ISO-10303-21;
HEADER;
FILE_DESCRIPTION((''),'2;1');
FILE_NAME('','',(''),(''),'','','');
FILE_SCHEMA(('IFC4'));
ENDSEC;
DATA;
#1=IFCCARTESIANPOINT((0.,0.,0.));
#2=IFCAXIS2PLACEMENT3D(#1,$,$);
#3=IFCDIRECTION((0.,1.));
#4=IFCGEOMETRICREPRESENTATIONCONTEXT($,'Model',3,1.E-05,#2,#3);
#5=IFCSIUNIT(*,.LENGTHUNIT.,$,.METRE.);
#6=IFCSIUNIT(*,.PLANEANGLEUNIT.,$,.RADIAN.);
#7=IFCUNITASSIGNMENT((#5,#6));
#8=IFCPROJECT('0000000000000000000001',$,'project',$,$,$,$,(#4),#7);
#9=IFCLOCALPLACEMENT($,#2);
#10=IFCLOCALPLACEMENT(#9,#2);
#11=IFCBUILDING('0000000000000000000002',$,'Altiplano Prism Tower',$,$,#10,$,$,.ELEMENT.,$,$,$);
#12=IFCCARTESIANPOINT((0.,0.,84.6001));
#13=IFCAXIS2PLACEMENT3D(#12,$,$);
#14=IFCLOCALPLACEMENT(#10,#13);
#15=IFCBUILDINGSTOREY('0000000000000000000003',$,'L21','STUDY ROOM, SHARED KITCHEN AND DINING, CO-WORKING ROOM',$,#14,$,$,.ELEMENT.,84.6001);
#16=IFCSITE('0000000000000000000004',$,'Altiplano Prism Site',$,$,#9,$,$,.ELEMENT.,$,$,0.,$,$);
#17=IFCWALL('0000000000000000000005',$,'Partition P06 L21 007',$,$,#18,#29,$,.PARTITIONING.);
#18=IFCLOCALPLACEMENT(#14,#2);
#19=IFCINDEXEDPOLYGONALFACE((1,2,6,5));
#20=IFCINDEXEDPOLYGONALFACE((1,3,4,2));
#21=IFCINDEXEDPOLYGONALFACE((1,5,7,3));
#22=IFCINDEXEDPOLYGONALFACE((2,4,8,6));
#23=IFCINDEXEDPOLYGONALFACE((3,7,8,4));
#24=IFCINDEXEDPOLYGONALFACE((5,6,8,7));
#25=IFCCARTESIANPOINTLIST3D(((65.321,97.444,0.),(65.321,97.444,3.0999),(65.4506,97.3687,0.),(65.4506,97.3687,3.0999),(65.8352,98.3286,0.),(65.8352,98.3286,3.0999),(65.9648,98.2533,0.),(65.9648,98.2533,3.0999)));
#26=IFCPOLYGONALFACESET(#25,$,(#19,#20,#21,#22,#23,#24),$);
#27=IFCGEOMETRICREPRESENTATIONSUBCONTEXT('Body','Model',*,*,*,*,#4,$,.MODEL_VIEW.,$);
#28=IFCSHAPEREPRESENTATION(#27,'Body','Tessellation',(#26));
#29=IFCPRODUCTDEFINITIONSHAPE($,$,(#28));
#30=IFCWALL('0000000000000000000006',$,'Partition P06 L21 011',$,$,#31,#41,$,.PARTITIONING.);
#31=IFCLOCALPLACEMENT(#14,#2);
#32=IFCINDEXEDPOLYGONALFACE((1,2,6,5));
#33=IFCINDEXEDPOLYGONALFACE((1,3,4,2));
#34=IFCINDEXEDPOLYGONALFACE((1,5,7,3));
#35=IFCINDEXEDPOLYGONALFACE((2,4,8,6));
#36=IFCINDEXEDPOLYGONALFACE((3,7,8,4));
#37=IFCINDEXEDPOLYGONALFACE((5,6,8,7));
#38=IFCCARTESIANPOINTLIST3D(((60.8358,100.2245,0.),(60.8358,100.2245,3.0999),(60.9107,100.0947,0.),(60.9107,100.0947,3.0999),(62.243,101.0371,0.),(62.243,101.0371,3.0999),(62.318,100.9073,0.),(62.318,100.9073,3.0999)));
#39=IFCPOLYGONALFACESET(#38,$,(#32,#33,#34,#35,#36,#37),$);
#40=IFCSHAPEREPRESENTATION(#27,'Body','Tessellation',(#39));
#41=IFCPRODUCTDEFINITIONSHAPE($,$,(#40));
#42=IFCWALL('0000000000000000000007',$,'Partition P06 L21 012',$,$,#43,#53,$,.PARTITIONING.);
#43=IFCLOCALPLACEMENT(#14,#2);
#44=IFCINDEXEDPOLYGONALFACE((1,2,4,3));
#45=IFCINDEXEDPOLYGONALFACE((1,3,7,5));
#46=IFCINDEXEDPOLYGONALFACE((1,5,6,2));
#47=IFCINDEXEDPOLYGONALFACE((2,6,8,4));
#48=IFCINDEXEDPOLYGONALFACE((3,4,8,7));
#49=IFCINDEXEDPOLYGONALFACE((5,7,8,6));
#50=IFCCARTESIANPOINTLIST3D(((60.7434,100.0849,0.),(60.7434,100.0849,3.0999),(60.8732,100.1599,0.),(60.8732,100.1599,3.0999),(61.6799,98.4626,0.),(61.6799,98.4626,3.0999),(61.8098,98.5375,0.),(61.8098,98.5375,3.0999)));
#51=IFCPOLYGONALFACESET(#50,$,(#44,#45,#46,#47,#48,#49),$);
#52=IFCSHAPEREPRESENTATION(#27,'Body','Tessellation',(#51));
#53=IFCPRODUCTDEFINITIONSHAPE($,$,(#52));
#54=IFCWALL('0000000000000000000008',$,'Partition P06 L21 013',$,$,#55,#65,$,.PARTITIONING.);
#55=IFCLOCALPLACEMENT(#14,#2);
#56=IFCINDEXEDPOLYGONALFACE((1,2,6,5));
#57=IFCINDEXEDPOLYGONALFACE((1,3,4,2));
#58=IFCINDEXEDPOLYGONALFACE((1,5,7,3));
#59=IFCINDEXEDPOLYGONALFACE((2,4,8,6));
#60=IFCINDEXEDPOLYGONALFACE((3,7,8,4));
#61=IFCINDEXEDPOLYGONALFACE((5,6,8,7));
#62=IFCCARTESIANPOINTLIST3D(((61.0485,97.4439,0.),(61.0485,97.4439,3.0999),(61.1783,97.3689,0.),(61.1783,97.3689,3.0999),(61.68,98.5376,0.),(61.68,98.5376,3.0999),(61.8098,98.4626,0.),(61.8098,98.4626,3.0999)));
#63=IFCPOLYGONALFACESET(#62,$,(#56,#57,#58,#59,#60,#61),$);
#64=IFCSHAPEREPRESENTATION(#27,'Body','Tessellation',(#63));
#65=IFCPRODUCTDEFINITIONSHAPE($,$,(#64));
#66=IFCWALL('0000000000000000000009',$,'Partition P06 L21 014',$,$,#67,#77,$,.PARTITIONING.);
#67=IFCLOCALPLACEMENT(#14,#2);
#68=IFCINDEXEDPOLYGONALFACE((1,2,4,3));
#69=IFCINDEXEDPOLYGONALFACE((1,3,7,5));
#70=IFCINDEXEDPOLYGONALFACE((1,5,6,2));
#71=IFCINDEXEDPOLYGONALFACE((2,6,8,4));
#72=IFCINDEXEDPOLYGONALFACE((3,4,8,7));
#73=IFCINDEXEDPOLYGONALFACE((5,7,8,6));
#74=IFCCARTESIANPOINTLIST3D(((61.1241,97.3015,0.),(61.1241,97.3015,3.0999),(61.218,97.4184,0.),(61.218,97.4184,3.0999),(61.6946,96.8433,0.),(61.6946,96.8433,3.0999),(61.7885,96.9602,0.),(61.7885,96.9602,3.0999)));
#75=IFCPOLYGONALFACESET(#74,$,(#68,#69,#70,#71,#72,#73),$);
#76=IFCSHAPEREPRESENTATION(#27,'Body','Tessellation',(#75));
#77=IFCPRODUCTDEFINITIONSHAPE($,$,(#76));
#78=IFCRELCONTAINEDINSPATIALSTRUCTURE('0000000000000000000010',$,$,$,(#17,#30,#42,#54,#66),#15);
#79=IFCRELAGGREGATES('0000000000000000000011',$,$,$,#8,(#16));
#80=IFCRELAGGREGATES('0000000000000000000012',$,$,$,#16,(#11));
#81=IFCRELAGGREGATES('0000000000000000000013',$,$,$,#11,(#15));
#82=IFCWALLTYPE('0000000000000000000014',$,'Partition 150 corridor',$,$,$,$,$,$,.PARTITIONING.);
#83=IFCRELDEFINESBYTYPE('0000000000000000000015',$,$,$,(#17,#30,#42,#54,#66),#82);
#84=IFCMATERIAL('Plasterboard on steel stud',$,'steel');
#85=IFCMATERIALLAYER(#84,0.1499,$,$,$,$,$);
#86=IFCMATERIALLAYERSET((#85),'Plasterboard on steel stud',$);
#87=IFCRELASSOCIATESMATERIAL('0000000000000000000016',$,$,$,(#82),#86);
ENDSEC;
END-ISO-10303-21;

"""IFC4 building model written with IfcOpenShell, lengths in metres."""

from ifc_helpers import new_model, si_unit, direction, frame, frame_2d, origin, place, context, subcontext, project, spatial, rectangle, extrude, material, layer, layer_set, type_object, element, save


model = new_model("IFC4")

# Units and contexts
model_context = context("Model", 3, precision=1e-05, world=origin(), true_north=direction((0.0, 1.0)))
body_context = subcontext(model_context, "Body", "Model", "MODEL_VIEW")
ifc_project = project(units=[si_unit("LENGTHUNIT", "METRE"), si_unit("PLANEANGLEUNIT", "RADIAN")], contexts=[model_context])

# Site, building, storey
site_placement = place(None, origin())
site = spatial("IfcSite", under=ifc_project, at=site_placement, Name="Altiplano Prism Site", CompositionType="ELEMENT", RefElevation=0.0)
building_placement = place(site_placement, origin())
building = spatial("IfcBuilding", under=site, at=building_placement, Name="Altiplano Prism Tower", CompositionType="ELEMENT")
storey_placement = place(building_placement, frame((0.0, 0.0, 84.6001)))
storey = spatial("IfcBuildingStorey", under=building, at=storey_placement, Name="L21", Description="STUDY ROOM, SHARED KITCHEN AND DINING, CO-WORKING ROOM", CompositionType="ELEMENT", Elevation=84.6001)

# Shared definitions
ifc_material_1 = material(Name="Plasterboard on steel stud", Category="steel")

# Shared definitions
ifc_layer_1 = layer(ifc_material_1, 0.1499)
ifc_layer_set_1 = layer_set([ifc_layer_1], Name="Plasterboard on steel stud")
wall_type_1 = type_object("IfcWallType", Name="Partition 150 corridor", PredefinedType="PARTITIONING", material=ifc_layer_set_1)

# Walls
wall_1_placement = place(storey_placement, frame((65.3857, 97.4062, 0.0), z_axis=(0.0, 0.0, 1.0), x_axis=(0.50255, 0.864548, 0.0)))
element("IfcWall", 1, at=wall_1_placement, inside=storey, type_object=wall_type_1, Name="Partition P06 L21 007", PredefinedType="PARTITIONING", context=body_context, shape_type="SweptSolid", body=[
    extrude(rectangle(XDim=1.0232, YDim=0.1499, at=frame_2d((0.5117, 0.0))), origin(), (0.0, 0.0, 1.0), 3.0999),
])
wall_2_placement = place(storey_placement, frame((62.2805, 100.9722, 0.0), z_axis=(0.0, 0.0, 1.0), x_axis=(-0.866015, -0.500017, 0.0)))
element("IfcWall", 2, at=wall_2_placement, inside=storey, type_object=wall_type_1, Name="Partition P06 L21 011", PredefinedType="PARTITIONING", context=body_context, shape_type="SweptSolid", body=[
    extrude(rectangle(XDim=1.625, YDim=0.1499, at=frame_2d((0.8125, 0.0))), origin(), (0.0, 0.0, 1.0), 3.0999),
])
wall_3_placement = place(storey_placement, frame((60.8083, 100.1223, 0.0), z_axis=(0.0, 0.0, 1.0), x_axis=(0.499952, -0.866053, 0.0)))
element("IfcWall", 3, at=wall_3_placement, inside=storey, type_object=wall_type_1, Name="Partition P06 L21 012", PredefinedType="PARTITIONING", context=body_context, shape_type="SweptSolid", body=[
    extrude(rectangle(XDim=1.8733, YDim=0.1499, at=frame_2d((0.9365, 0.0))), origin(), (0.0, 0.0, 1.0), 3.0999),
])
wall_4_placement = place(storey_placement, frame((61.7449, 98.5, 0.0), z_axis=(0.0, 0.0, 1.0), x_axis=(-0.500068, -0.865986, 0.0)))
element("IfcWall", 4, at=wall_4_placement, inside=storey, type_object=wall_type_1, Name="Partition P06 L21 013", PredefinedType="PARTITIONING", context=body_context, shape_type="SweptSolid", body=[
    extrude(rectangle(XDim=1.2629, YDim=0.1499, at=frame_2d((0.6313, 0.0))), origin(), (0.0, 0.0, 1.0), 3.0999),
])
wall_5_placement = place(storey_placement, frame((61.1711, 97.3599, 0.0), z_axis=(0.0, 0.0, 1.0), x_axis=(0.779663, -0.626199, 0.0)))
element("IfcWall", 5, at=wall_5_placement, inside=storey, type_object=wall_type_1, Name="Partition P06 L21 014", PredefinedType="PARTITIONING", context=body_context, shape_type="SweptSolid", body=[
    extrude(rectangle(XDim=0.7317, YDim=0.1499, at=frame_2d((0.3657, 0.0))), origin(), (0.0, 0.0, 1.0), 3.0999),
])

save(model, "model.ifc")
